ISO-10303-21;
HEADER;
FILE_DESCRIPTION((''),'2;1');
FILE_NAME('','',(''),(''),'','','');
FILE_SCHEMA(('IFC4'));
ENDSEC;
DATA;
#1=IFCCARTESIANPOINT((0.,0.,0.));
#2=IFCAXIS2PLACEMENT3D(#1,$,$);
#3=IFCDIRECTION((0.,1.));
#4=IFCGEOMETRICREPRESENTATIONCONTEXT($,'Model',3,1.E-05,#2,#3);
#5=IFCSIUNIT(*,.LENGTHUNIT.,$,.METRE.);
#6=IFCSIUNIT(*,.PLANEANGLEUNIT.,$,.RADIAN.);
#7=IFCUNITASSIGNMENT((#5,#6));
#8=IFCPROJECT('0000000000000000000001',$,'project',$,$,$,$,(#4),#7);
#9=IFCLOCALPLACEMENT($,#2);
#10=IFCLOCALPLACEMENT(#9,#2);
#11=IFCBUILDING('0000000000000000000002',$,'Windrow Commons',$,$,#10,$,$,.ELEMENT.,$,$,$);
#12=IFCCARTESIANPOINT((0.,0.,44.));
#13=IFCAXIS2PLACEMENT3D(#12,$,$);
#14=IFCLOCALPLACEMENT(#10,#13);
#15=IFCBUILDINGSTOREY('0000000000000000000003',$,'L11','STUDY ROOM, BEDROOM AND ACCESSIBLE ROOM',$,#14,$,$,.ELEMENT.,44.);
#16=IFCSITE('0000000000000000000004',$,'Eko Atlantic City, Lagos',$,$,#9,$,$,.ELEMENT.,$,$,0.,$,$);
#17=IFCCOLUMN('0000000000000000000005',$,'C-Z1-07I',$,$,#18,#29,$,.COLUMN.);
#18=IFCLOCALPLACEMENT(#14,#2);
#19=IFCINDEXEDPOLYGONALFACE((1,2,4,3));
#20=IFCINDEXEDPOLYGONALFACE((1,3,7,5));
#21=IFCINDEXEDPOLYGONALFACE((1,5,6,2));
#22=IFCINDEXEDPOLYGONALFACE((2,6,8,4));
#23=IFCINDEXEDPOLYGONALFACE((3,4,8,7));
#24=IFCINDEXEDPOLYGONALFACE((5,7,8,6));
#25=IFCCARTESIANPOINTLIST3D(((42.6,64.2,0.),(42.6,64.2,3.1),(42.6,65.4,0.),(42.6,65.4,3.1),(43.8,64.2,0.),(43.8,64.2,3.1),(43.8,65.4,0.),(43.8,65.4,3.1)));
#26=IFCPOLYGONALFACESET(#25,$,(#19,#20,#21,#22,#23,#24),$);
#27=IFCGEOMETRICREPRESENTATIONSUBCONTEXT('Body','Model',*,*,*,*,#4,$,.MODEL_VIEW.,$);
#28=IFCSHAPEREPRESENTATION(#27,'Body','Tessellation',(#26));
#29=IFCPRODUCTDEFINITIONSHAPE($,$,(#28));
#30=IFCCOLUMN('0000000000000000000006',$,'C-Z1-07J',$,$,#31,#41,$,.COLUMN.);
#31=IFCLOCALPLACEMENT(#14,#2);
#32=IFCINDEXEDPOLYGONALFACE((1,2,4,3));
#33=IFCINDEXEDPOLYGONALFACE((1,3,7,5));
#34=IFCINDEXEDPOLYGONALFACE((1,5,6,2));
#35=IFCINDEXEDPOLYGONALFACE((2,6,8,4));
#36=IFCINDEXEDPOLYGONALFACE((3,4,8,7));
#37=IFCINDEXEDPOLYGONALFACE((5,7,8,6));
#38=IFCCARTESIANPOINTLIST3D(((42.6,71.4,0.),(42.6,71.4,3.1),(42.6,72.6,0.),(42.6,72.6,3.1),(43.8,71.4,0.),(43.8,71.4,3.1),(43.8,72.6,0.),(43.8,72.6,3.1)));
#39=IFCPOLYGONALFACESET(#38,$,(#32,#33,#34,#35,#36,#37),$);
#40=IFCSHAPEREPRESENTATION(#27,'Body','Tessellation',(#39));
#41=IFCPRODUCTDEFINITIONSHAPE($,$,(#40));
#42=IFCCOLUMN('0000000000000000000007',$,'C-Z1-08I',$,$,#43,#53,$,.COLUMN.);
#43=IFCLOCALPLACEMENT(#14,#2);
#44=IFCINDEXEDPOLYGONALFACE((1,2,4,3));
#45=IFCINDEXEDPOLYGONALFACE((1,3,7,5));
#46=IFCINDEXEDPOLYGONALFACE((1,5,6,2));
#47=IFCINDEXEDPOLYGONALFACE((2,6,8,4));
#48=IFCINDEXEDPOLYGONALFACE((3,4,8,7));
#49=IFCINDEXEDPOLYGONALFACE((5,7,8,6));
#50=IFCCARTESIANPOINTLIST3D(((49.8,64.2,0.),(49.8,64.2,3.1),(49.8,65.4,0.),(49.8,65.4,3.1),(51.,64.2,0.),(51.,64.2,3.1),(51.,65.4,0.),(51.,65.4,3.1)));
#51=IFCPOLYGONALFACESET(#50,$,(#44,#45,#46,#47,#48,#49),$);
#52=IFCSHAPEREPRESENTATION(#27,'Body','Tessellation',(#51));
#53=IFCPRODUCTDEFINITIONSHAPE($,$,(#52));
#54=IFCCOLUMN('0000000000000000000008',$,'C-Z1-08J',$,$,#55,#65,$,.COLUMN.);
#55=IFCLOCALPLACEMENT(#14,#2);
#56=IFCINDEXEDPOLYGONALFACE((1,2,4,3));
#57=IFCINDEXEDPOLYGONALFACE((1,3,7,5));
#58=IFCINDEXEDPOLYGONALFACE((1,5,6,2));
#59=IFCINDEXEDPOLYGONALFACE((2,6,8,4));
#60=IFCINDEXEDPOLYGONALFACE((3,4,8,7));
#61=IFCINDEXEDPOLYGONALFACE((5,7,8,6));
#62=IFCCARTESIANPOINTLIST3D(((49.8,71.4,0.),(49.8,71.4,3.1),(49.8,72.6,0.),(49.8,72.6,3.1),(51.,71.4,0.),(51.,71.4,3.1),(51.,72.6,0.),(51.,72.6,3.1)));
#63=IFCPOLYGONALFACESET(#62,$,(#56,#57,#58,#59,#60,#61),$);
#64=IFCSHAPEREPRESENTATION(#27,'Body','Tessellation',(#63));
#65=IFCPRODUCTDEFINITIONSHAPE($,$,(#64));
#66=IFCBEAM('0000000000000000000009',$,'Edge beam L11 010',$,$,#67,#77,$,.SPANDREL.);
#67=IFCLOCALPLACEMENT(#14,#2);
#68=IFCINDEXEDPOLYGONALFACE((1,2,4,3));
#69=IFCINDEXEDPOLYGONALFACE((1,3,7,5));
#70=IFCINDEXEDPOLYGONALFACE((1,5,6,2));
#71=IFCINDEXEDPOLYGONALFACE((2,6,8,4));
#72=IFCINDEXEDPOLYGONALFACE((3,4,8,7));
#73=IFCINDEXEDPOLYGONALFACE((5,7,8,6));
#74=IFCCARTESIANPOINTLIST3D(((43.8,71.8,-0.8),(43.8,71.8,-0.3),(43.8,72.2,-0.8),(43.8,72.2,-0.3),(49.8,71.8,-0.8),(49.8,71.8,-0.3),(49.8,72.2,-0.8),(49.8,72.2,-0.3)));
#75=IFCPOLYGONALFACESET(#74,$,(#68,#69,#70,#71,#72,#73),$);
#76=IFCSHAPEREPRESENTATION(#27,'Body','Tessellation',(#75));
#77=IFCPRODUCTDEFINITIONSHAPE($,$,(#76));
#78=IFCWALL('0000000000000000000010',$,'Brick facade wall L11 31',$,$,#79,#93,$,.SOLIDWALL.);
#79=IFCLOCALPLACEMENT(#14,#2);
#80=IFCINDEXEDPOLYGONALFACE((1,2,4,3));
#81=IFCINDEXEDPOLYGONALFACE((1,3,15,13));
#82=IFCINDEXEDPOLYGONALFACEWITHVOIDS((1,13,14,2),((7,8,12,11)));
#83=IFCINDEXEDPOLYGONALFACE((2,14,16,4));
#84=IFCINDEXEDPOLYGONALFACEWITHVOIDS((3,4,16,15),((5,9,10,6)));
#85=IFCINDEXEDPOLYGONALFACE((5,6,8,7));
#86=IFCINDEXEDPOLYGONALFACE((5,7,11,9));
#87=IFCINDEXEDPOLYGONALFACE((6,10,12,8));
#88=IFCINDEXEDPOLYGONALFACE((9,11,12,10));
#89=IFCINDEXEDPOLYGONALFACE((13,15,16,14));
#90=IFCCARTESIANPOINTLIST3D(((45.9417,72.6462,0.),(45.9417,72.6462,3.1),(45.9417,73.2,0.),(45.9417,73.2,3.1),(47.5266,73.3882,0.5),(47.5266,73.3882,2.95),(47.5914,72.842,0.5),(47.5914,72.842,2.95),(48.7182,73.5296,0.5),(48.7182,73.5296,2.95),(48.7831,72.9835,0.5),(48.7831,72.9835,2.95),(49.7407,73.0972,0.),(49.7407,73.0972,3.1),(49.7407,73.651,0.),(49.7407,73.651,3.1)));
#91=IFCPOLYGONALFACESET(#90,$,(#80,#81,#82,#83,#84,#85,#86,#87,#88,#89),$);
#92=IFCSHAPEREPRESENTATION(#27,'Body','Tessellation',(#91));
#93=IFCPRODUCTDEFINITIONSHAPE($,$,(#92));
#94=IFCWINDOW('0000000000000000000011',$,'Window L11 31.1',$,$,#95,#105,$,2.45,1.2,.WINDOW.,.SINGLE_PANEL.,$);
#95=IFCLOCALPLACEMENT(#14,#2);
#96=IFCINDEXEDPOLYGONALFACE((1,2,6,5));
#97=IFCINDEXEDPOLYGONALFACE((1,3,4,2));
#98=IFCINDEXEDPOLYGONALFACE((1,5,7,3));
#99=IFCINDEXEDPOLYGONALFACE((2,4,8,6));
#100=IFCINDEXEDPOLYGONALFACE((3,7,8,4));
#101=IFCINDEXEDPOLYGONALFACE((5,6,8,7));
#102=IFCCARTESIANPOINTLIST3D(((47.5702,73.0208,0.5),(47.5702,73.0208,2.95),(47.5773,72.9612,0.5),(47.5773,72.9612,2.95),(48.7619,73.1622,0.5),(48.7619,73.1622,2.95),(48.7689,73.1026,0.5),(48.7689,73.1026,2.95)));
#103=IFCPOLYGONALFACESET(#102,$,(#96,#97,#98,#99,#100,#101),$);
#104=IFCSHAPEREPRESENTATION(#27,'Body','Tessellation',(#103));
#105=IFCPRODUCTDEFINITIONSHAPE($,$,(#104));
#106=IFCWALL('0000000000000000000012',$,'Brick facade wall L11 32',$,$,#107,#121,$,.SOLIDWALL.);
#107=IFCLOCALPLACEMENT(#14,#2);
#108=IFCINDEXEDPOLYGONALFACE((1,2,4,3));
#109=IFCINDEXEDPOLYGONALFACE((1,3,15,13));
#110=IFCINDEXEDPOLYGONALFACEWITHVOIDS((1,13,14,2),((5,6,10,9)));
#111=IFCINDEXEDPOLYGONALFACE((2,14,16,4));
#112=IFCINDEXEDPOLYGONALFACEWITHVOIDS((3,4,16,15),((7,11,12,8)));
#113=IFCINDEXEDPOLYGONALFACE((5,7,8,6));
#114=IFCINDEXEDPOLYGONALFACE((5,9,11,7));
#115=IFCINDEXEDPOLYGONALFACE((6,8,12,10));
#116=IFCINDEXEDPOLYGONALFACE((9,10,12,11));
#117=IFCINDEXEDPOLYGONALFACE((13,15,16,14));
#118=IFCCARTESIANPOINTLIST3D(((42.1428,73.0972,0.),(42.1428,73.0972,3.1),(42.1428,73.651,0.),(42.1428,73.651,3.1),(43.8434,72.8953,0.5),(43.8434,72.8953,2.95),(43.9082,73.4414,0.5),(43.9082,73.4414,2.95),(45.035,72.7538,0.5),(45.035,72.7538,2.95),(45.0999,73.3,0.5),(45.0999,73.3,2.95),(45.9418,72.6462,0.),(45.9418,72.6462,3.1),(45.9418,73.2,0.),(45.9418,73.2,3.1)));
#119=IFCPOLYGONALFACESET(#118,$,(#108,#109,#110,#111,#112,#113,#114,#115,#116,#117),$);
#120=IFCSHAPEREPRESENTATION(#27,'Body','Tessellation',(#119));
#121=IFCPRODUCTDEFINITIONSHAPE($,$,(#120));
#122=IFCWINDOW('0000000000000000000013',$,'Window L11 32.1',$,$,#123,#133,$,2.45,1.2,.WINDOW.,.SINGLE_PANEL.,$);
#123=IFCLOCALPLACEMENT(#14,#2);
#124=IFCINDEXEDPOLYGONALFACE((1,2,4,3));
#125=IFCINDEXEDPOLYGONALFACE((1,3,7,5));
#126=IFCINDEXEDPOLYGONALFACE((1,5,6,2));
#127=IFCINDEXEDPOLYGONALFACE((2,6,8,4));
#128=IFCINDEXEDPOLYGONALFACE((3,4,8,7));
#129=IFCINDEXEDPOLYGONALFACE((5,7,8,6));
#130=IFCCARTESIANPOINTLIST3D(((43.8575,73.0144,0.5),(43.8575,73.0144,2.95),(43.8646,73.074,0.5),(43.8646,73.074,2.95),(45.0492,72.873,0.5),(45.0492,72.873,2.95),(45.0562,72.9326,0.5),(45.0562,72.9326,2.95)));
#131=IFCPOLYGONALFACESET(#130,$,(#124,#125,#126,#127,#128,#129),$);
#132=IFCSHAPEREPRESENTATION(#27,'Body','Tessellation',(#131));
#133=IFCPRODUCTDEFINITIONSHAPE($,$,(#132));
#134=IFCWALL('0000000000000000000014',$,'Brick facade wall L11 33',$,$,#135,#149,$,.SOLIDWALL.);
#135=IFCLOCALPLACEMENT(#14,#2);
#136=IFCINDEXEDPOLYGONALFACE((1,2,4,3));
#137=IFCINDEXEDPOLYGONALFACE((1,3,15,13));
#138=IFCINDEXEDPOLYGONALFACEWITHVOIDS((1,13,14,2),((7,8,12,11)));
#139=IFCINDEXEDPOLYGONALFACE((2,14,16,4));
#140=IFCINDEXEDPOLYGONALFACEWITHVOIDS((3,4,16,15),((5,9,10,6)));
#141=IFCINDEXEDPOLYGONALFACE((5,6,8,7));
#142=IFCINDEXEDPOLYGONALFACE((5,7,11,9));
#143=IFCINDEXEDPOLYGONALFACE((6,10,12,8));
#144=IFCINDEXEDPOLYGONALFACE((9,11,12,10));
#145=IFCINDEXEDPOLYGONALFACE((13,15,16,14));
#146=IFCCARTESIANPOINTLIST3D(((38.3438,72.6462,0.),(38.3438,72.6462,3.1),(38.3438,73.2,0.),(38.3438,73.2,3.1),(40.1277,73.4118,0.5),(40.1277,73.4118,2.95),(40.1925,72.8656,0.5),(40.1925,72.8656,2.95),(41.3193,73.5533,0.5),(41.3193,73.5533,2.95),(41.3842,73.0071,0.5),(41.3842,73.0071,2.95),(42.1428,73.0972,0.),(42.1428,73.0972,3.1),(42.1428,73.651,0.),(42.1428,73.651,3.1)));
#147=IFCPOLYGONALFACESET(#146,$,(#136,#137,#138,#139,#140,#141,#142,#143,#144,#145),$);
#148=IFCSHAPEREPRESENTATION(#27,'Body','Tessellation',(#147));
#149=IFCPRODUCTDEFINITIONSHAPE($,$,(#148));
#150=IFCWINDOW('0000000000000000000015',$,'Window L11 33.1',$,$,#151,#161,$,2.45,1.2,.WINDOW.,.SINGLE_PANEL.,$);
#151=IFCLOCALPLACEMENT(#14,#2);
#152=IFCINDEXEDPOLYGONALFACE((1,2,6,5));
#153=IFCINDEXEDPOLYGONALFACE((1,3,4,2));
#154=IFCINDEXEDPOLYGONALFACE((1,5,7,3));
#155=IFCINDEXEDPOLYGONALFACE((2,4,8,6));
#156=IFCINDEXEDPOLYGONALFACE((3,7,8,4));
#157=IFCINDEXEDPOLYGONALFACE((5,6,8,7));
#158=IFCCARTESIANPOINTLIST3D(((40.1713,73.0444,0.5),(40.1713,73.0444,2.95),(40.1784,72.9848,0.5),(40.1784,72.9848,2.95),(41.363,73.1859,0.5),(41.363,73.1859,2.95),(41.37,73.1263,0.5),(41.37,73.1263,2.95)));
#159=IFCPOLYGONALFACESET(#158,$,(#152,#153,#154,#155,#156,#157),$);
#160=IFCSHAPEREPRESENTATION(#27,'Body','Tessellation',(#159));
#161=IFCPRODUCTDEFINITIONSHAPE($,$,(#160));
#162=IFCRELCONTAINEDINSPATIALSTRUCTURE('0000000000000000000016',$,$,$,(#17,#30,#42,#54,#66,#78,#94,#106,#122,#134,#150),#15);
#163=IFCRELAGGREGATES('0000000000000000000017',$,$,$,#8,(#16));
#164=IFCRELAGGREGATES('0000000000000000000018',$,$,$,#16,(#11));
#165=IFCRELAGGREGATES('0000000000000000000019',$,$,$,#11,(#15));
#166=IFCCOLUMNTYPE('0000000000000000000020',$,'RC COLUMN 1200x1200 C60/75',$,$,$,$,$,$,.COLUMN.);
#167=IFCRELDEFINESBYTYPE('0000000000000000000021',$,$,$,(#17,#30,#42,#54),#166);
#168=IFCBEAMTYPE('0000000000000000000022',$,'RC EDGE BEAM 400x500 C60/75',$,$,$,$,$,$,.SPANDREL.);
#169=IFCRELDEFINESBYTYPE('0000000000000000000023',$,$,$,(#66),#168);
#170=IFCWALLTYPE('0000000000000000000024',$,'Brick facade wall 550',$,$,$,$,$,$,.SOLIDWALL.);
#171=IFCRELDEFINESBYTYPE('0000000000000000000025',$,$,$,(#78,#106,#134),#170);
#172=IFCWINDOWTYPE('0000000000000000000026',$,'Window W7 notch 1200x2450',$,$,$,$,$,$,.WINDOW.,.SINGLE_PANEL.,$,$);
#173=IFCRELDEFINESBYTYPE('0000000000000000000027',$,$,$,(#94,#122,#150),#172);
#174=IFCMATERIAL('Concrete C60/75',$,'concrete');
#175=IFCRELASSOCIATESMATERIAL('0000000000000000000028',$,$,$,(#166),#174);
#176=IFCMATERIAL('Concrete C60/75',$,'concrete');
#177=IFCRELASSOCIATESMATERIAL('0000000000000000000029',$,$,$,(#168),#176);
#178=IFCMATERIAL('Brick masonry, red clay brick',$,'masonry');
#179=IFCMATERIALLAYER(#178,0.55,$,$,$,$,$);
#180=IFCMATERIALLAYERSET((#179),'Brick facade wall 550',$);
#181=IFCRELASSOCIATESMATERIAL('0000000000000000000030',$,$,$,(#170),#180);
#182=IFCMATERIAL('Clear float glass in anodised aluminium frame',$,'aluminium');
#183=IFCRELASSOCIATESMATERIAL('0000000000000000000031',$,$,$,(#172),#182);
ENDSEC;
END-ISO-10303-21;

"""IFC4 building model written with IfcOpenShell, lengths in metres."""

from ifc_helpers import new_model, si_unit, direction, frame, frame_2d, origin, origin_2d, place, context, subcontext, project, spatial, polyline, rectangle, outline, extrude, material, layer, layer_set, material_profile, profile_set, type_object, element, fill, save


model = new_model("IFC4")

# Units and contexts
model_context = context("Model", 3, precision=1e-05, world=origin(), true_north=direction((0.0, 1.0)))
body_context = subcontext(model_context, "Body", "Model", "MODEL_VIEW")
ifc_project = project(units=[si_unit("LENGTHUNIT", "METRE"), si_unit("PLANEANGLEUNIT", "RADIAN")], contexts=[model_context])

# Site, building, storey
site_placement = place(None, origin())
site = spatial("IfcSite", under=ifc_project, at=site_placement, Name="Eko Atlantic City, Lagos", CompositionType="ELEMENT", RefElevation=0.0)
building_placement = place(site_placement, origin())
building = spatial("IfcBuilding", under=site, at=building_placement, Name="Windrow Commons", CompositionType="ELEMENT")
storey_placement = place(building_placement, frame((0.0, 0.0, 44.0)))
storey = spatial("IfcBuildingStorey", under=building, at=storey_placement, Name="L11", Description="STUDY ROOM, BEDROOM AND ACCESSIBLE ROOM", CompositionType="ELEMENT", Elevation=44.0)

# Columns
ifc_material_1 = material(Name="Concrete C60/75", Category="concrete")
ifc_material_profile_1 = material_profile(ifc_material_1, rectangle(XDim=1.2, YDim=1.2, at=origin_2d()))
ifc_profile_set_1 = profile_set([ifc_material_profile_1], Name="Concrete C60/75")
column_type = type_object("IfcColumnType", Name="RC COLUMN 1200x1200 C60/75", PredefinedType="COLUMN", material=ifc_profile_set_1)
for number, where, z_axis, x_axis, name in (
    (1, (43.2, 64.8, 0.0), (0.0, 0.0, 1.0), (1.0, 0.0, 0.0), "C-Z1-07I"),
    (2, (43.2, 72.0, 0.0), (0.0, 0.0, 1.0), (1.0, 0.0, 0.0), "C-Z1-07J"),
    (3, (50.4, 64.8, 0.0), (0.0, 0.0, 1.0), (1.0, 0.0, 0.0), "C-Z1-08I"),
    (4, (50.4, 72.0, 0.0), (0.0, 0.0, 1.0), (1.0, 0.0, 0.0), "C-Z1-08J"),
):
    element("IfcColumn", number, at=place(storey_placement, frame(where, z_axis=z_axis, x_axis=x_axis)), inside=storey, type_object=column_type, Name=name, PredefinedType="COLUMN", context=body_context, shape_type="SweptSolid", body=[
        extrude(rectangle(XDim=1.2, YDim=1.2, at=origin_2d()), origin(), (0.0, 0.0, 1.0), 3.1),
    ])

# Beam
ifc_material_2 = material(Name="Concrete C60/75", Category="concrete")
ifc_material_profile_2 = material_profile(ifc_material_2, rectangle(XDim=0.4, YDim=0.5, at=origin_2d()))
ifc_profile_set_2 = profile_set([ifc_material_profile_2], Name="Concrete C60/75")
beam_type = type_object("IfcBeamType", Name="RC EDGE BEAM 400x500 C60/75", PredefinedType="SPANDREL", material=ifc_profile_set_2)
beam_placement = place(storey_placement, frame((43.8, 72.0, -0.55), z_axis=(1.0, 0.0, 0.0), x_axis=(0.0, 1.0, 0.0)))
element("IfcBeam", 5, at=beam_placement, inside=storey, type_object=beam_type, Name="Edge beam L11 010", PredefinedType="SPANDREL", context=body_context, shape_type="SweptSolid", body=[
    extrude(rectangle(XDim=0.4, YDim=0.5, at=origin_2d()), origin(), (0.0, 0.0, 1.0), 6.0),
])

# Walls, openings, windows
ifc_material_3 = material(Name="Brick masonry, red clay brick", Category="masonry")
ifc_layer_1 = layer(ifc_material_3, 0.55)
ifc_layer_set_1 = layer_set([ifc_layer_1], Name="Brick facade wall 550")
wall_type_1 = type_object("IfcWallType", Name="Brick facade wall 550", PredefinedType="SOLIDWALL", material=ifc_layer_set_1)
wall_1_placement = place(storey_placement, frame((49.7407, 73.3741, 0.0), z_axis=(0.0, 0.0, 1.0), x_axis=(-0.993027, -0.117891, 0.0)))
wall_1 = element("IfcWall", 6, at=wall_1_placement, inside=storey, type_object=wall_type_1, Name="Brick facade wall L11 31", PredefinedType="SOLIDWALL", context=body_context, shape_type="SweptSolid", body=[
    extrude(outline(polyline([(-0.0326, -0.275), (3.793, -0.275), (3.8583, 0.275), (0.0326, 0.275), (-0.0326, -0.275)])), origin(), (0.0, 0.0, 1.0), 3.1),
])
opening_1_placement = place(wall_1_placement, frame((0.997, 0.0, 0.5)))
opening_1 = element("IfcOpeningElement", 7, at=opening_1_placement, cuts=wall_1, PredefinedType="OPENING", context=body_context, shape_type="SweptSolid", body=[
    extrude(rectangle(XDim=1.2, YDim=2.45, at=frame_2d((0.6, 1.225))), frame((0.0, 0.285, 0.0), z_axis=(0.0, -1.0, 0.0), x_axis=(1.0, 0.0, 0.0)), (0.0, 0.0, 1.0), 0.57),
])
ifc_material_4 = material(Name="Clear float glass in anodised aluminium frame", Category="aluminium")
window_type = type_object("IfcWindowType", Name="Window W7 notch 1200x2450", PartitioningType="SINGLE_PANEL", PredefinedType="WINDOW", material=ifc_material_4)
window_1_placement = place(opening_1_placement, origin())
window_1 = element("IfcWindow", 8, at=window_1_placement, inside=storey, type_object=window_type, Name="Window L11 31.1", OverallHeight=2.45, OverallWidth=1.2, PartitioningType="SINGLE_PANEL", PredefinedType="WINDOW", context=body_context, shape_type="SweptSolid", body=[
    extrude(rectangle(XDim=1.2, YDim=2.45, at=frame_2d((0.6, 1.225))), frame((0.0, 0.155, 0.0), z_axis=(0.0, -1.0, 0.0), x_axis=(1.0, 0.0, 0.0)), (0.0, 0.0, 1.0), 0.06),
])
fill(opening_1, window_1)
wall_2_placement = place(storey_placement, frame((45.9418, 72.9231, 0.0), z_axis=(0.0, 0.0, 1.0), x_axis=(-0.993027, 0.117888, 0.0)))
wall_2 = element("IfcWall", 9, at=wall_2_placement, inside=storey, type_object=wall_type_1, Name="Brick facade wall L11 32", PredefinedType="SOLIDWALL", context=body_context, shape_type="SweptSolid", body=[
    extrude(outline(polyline([(0.0326, -0.275), (3.8583, -0.275), (3.793, 0.275), (-0.0326, 0.275), (0.0326, -0.275)])), origin(), (0.0, 0.0, 1.0), 3.1),
])
opening_2_placement = place(wall_2_placement, frame((0.8805, 0.0, 0.5)))
opening_2 = element("IfcOpeningElement", 10, at=opening_2_placement, cuts=wall_2, PredefinedType="OPENING", context=body_context, shape_type="SweptSolid", body=[
    extrude(rectangle(XDim=1.2, YDim=2.45, at=frame_2d((0.6, 1.225))), frame((0.0, 0.285, 0.0), z_axis=(0.0, -1.0, 0.0), x_axis=(1.0, 0.0, 0.0)), (0.0, 0.0, 1.0), 0.57),
])
window_2_placement = place(opening_2_placement, origin())
window_2 = element("IfcWindow", 11, at=window_2_placement, inside=storey, type_object=window_type, Name="Window L11 32.1", OverallHeight=2.45, OverallWidth=1.2, PartitioningType="SINGLE_PANEL", PredefinedType="WINDOW", context=body_context, shape_type="SweptSolid", body=[
    extrude(rectangle(XDim=1.2, YDim=2.45, at=frame_2d((0.6, 1.225))), frame((0.0, 0.155, 0.0), z_axis=(0.0, -1.0, 0.0), x_axis=(1.0, 0.0, 0.0)), (0.0, 0.0, 1.0), 0.06),
])
fill(opening_2, window_2)
wall_3_placement = place(storey_placement, frame((42.1428, 73.3741, 0.0), z_axis=(0.0, 0.0, 1.0), x_axis=(-0.993027, -0.117888, 0.0)))
wall_3 = element("IfcWall", 12, at=wall_3_placement, inside=storey, type_object=wall_type_1, Name="Brick facade wall L11 33", PredefinedType="SOLIDWALL", context=body_context, shape_type="SweptSolid", body=[
    extrude(outline(polyline([(-0.0326, -0.275), (3.793, -0.275), (3.8583, 0.275), (0.0326, 0.275), (-0.0326, -0.275)])), origin(), (0.0, 0.0, 1.0), 3.1),
])
opening_3_placement = place(wall_3_placement, frame((0.7966, 0.0, 0.5)))
opening_3 = element("IfcOpeningElement", 13, at=opening_3_placement, cuts=wall_3, PredefinedType="OPENING", context=body_context, shape_type="SweptSolid", body=[
    extrude(rectangle(XDim=1.2, YDim=2.45, at=frame_2d((0.6, 1.225))), frame((0.0, 0.285, 0.0), z_axis=(0.0, -1.0, 0.0), x_axis=(1.0, 0.0, 0.0)), (0.0, 0.0, 1.0), 0.57),
])
window_3_placement = place(opening_3_placement, origin())
window_3 = element("IfcWindow", 14, at=window_3_placement, inside=storey, type_object=window_type, Name="Window L11 33.1", OverallHeight=2.45, OverallWidth=1.2, PartitioningType="SINGLE_PANEL", PredefinedType="WINDOW", context=body_context, shape_type="SweptSolid", body=[
    extrude(rectangle(XDim=1.2, YDim=2.45, at=frame_2d((0.6, 1.225))), frame((0.0, 0.155, 0.0), z_axis=(0.0, -1.0, 0.0), x_axis=(1.0, 0.0, 0.0)), (0.0, 0.0, 1.0), 0.06),
])
fill(opening_3, window_3)

save(model, "model.ifc")
